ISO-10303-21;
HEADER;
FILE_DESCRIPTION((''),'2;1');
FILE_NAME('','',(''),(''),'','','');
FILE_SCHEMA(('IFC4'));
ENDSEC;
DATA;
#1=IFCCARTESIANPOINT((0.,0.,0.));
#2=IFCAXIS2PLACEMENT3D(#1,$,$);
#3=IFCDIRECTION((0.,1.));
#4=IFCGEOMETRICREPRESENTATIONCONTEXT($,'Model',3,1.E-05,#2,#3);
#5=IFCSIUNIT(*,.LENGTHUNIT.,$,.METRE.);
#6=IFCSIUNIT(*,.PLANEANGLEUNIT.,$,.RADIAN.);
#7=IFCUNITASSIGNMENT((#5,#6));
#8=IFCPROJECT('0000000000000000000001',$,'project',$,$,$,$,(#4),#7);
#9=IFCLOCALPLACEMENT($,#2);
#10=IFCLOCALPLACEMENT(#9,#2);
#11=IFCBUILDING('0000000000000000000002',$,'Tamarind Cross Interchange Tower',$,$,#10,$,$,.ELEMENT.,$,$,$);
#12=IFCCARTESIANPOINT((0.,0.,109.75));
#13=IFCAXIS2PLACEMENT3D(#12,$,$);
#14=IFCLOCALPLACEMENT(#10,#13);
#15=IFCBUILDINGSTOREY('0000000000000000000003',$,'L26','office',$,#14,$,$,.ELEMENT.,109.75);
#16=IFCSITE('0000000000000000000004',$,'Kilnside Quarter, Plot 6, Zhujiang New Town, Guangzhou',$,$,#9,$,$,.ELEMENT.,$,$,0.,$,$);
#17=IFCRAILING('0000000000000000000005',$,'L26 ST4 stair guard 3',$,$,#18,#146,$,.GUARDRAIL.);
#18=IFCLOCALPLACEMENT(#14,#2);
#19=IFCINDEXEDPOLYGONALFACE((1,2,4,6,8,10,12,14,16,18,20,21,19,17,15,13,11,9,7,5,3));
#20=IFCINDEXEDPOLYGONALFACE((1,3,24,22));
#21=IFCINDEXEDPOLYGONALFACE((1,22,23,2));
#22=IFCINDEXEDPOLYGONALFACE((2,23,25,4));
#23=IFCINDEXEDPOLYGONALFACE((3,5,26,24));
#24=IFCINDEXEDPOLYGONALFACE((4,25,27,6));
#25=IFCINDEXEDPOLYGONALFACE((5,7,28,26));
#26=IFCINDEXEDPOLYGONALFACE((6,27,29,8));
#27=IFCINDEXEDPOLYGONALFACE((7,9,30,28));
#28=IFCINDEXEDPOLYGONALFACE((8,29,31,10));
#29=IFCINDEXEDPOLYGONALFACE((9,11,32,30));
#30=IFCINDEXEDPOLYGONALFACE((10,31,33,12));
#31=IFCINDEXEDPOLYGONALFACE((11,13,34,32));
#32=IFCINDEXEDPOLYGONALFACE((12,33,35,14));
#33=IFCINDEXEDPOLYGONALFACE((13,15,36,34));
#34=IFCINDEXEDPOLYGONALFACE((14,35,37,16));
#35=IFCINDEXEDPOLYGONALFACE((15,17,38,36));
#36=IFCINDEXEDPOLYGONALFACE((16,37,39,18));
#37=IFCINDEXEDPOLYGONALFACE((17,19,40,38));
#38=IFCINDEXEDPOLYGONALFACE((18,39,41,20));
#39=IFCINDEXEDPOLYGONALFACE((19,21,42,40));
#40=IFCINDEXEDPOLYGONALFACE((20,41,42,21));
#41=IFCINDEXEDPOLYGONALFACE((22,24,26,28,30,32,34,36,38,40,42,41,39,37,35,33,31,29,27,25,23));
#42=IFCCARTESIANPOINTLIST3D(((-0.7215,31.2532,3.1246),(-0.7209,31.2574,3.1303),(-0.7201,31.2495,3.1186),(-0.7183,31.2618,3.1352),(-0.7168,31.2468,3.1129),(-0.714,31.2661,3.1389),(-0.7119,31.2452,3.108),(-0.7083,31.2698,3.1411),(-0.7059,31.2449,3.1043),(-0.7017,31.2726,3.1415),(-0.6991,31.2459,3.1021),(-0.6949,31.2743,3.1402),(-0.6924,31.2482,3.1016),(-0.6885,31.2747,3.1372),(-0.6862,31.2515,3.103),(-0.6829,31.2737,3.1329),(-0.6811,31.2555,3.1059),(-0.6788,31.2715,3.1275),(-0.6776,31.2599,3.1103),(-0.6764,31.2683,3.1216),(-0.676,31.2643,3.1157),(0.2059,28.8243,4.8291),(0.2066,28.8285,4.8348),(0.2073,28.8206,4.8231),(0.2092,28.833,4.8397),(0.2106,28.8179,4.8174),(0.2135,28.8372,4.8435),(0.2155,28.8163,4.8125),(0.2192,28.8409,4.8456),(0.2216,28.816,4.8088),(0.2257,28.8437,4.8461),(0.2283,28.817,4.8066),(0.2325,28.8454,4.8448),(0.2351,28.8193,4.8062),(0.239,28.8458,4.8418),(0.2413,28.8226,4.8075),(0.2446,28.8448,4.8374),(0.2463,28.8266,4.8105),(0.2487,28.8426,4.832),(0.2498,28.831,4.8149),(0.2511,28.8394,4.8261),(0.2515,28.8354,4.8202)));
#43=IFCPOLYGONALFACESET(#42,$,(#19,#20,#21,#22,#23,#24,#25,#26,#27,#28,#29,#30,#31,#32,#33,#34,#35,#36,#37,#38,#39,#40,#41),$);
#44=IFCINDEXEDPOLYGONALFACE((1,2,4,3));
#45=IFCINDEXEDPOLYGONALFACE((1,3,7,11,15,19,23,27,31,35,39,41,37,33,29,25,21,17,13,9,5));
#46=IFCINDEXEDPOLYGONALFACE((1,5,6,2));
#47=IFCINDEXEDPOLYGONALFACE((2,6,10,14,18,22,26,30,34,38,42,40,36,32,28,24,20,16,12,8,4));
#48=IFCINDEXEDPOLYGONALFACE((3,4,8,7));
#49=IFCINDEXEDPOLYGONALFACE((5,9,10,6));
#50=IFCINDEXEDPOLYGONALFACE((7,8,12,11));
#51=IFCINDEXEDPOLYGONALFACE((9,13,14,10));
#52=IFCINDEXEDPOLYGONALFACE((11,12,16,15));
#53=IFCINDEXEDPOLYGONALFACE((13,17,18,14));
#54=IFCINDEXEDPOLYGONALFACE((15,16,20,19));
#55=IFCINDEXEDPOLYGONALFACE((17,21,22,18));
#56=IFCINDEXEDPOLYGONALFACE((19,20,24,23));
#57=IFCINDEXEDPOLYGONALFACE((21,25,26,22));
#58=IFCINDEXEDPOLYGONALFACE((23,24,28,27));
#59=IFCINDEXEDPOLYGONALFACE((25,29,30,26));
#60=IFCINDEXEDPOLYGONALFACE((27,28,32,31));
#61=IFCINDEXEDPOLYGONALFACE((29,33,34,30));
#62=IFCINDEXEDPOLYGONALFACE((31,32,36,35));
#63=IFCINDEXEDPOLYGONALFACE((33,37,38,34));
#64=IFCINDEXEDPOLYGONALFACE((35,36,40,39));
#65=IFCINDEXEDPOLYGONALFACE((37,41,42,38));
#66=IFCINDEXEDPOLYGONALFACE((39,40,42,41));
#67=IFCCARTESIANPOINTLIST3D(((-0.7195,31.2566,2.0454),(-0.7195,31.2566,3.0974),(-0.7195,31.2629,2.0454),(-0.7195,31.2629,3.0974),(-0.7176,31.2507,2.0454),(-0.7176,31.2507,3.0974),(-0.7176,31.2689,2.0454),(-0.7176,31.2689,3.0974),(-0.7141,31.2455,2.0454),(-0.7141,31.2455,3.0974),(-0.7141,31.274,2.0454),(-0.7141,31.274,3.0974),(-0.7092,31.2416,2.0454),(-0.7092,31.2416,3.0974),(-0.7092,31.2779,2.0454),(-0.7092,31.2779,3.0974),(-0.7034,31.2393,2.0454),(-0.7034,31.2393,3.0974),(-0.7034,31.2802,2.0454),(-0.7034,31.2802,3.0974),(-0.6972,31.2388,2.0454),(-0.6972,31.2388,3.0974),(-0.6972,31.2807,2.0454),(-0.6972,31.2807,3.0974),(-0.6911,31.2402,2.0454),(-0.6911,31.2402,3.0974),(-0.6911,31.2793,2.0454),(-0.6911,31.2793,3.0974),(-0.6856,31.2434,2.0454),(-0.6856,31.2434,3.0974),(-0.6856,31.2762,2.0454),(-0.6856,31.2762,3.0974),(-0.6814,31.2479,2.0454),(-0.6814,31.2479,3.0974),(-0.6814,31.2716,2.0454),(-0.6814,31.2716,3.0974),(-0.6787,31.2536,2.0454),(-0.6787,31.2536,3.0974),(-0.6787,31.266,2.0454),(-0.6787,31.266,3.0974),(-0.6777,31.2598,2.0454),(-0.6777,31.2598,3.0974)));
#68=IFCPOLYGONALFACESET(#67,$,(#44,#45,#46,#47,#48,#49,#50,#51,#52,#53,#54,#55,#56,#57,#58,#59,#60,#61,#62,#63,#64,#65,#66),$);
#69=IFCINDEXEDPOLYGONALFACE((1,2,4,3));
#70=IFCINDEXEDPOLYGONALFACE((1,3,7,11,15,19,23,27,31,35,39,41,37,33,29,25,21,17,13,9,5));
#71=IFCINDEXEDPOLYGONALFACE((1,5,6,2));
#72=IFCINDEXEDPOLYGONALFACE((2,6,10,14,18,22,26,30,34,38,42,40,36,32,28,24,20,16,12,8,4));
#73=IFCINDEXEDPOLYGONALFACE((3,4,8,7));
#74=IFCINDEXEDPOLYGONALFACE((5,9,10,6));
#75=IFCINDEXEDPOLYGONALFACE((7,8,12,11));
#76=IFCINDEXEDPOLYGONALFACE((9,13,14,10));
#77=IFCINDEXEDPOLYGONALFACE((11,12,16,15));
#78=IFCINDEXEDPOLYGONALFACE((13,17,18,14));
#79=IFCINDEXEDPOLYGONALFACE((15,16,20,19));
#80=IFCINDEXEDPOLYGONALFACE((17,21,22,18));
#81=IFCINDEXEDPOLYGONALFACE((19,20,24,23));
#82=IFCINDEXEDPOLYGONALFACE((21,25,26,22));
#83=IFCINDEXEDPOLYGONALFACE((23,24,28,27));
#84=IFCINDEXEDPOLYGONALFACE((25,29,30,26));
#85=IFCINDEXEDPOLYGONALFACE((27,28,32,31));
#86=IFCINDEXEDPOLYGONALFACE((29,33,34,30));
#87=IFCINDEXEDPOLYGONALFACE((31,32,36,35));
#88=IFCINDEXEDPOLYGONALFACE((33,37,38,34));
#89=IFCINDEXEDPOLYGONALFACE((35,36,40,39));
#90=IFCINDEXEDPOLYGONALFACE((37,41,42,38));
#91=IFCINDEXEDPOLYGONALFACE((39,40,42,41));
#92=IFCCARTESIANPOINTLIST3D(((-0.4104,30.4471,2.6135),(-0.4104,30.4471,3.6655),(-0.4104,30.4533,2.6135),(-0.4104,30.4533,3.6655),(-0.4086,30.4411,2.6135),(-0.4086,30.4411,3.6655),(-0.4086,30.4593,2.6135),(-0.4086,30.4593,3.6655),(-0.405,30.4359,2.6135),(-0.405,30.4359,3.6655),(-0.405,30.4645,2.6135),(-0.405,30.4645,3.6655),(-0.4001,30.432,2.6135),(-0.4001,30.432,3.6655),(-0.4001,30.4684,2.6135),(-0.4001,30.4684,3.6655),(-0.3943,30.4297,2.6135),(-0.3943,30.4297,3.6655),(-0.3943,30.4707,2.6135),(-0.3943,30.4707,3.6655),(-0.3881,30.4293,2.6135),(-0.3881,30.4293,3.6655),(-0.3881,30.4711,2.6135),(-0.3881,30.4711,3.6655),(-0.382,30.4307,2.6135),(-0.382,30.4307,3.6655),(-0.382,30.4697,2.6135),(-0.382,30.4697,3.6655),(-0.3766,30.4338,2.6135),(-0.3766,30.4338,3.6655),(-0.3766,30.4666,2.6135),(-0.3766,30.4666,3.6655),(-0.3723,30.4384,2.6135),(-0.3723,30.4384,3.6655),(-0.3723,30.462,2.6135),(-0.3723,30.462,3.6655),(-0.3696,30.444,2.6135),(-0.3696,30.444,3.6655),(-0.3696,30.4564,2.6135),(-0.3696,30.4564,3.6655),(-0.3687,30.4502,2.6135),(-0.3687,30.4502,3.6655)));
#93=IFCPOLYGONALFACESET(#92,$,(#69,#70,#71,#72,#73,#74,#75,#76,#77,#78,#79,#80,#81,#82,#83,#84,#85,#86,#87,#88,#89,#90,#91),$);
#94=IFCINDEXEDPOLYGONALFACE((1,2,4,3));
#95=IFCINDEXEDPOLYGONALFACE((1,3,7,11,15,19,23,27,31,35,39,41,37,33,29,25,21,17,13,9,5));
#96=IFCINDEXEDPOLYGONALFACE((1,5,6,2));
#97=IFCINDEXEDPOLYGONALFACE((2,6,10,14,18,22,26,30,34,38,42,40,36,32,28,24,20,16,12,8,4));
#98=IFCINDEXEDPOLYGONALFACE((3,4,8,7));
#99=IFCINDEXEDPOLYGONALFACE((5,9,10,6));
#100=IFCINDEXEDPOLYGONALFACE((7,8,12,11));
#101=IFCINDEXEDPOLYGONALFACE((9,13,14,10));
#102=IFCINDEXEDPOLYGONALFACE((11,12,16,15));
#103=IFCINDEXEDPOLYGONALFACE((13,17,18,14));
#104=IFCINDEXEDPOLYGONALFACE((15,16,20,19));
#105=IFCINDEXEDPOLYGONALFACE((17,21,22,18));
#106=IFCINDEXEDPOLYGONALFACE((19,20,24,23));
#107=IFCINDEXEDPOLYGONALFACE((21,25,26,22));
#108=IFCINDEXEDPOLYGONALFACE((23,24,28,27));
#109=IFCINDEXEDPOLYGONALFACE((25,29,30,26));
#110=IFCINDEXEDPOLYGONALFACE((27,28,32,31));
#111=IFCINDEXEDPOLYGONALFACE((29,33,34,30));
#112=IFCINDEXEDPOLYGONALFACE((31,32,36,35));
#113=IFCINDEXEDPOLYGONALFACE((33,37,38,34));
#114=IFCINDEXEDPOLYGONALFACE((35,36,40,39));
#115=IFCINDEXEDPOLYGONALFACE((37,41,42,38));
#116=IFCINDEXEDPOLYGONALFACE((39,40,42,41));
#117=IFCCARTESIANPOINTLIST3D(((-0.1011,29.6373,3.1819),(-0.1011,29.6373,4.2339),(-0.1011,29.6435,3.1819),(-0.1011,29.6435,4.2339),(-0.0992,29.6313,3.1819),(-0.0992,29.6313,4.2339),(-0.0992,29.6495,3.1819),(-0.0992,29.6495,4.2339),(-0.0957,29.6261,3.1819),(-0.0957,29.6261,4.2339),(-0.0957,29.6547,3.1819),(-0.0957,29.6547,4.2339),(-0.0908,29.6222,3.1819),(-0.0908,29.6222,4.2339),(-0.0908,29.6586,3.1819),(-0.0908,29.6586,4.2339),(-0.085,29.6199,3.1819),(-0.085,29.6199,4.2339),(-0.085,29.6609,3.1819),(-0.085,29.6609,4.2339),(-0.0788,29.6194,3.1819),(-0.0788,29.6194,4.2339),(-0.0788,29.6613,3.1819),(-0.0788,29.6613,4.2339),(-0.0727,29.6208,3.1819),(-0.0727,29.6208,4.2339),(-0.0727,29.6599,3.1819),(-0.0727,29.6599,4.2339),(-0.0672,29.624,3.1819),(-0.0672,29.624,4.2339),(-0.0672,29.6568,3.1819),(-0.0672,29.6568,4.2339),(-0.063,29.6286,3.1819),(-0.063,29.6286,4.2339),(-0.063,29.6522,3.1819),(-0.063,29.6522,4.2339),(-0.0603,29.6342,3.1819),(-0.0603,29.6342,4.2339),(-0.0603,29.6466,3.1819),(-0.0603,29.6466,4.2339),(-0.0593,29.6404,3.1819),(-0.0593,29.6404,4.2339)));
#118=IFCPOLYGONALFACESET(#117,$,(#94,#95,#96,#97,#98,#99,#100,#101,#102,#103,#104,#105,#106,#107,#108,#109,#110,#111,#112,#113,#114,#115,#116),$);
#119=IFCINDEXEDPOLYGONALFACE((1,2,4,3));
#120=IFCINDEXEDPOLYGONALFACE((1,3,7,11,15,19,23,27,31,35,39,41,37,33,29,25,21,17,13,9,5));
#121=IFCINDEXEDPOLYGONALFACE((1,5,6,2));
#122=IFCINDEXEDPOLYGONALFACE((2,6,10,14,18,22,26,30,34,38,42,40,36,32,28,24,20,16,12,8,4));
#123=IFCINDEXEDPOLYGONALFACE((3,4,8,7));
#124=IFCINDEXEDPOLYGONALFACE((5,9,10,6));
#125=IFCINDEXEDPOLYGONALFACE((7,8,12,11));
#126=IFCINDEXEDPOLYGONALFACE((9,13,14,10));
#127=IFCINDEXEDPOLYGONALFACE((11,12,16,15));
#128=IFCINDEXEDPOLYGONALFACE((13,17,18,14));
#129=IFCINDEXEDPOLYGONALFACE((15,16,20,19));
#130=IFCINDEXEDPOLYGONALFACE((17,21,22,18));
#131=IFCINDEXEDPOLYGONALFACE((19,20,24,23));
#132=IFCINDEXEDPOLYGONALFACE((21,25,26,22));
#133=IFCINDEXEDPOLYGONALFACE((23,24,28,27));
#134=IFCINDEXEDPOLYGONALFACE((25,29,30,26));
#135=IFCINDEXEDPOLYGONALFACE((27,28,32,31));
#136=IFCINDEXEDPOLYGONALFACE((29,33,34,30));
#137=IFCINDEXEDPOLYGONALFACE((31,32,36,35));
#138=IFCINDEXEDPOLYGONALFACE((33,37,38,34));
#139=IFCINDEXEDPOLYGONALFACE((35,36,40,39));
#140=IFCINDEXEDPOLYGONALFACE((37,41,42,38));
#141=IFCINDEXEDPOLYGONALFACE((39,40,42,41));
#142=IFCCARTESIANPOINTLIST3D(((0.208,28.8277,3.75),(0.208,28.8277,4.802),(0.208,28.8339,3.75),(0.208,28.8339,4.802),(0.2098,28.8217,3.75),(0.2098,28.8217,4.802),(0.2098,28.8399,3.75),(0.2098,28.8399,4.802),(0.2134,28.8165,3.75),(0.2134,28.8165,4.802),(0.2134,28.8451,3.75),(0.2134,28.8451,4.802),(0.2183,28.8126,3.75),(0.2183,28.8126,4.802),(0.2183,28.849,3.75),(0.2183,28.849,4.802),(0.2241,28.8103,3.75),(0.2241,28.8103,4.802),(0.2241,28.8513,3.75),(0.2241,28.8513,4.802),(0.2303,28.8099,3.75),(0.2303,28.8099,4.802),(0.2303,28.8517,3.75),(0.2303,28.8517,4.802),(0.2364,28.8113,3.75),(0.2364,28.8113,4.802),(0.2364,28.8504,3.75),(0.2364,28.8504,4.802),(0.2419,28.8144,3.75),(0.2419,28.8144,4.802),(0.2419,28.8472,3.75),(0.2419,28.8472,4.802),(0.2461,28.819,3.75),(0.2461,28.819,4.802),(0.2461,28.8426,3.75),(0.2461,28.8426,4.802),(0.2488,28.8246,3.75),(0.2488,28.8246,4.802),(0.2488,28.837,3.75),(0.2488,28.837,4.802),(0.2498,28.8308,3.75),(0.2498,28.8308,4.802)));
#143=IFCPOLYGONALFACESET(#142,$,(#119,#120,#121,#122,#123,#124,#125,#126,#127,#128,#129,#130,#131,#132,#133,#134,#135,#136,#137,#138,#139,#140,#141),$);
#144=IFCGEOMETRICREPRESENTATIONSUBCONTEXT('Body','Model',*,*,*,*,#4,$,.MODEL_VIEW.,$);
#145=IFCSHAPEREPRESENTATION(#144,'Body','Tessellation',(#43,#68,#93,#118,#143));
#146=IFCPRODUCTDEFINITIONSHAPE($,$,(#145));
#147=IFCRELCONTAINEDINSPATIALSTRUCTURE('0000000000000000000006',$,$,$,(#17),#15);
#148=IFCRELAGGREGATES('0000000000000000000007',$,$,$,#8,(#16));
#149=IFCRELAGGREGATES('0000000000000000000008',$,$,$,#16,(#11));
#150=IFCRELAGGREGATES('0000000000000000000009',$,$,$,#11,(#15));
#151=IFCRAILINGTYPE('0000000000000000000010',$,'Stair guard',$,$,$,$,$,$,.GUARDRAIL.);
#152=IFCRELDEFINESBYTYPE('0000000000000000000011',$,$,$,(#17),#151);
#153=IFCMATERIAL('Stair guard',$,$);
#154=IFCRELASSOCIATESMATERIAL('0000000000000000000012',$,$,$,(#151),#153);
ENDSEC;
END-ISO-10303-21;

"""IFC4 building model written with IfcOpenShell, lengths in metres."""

from ifc_helpers import new_model, si_unit, direction, frame, origin, origin_2d, place, context, subcontext, project, spatial, circle, extrude, material, type_object, element, save


model = new_model("IFC4")

# Units and contexts
model_context = context("Model", 3, precision=1e-05, world=origin(), true_north=direction((0.0, 1.0)))
body_context = subcontext(model_context, "Body", "Model", "MODEL_VIEW")
ifc_project = project(units=[si_unit("LENGTHUNIT", "METRE"), si_unit("PLANEANGLEUNIT", "RADIAN")], contexts=[model_context])

# Site, building, storey
site_placement = place(None, origin())
site = spatial("IfcSite", under=ifc_project, at=site_placement, Name="Kilnside Quarter, Plot 6, Zhujiang New Town, Guangzhou", CompositionType="ELEMENT", RefElevation=0.0)
building_placement = place(site_placement, origin())
building = spatial("IfcBuilding", under=site, at=building_placement, Name="Tamarind Cross Interchange Tower", CompositionType="ELEMENT")
storey_placement = place(building_placement, frame((0.0, 0.0, 109.75)))
storey = spatial("IfcBuildingStorey", under=building, at=storey_placement, Name="L26", Description="office", CompositionType="ELEMENT", Elevation=109.75)

# Railing
ifc_material_1 = material(Name="Stair guard")
railing_type_1 = type_object("IfcRailingType", Name="Stair guard", PredefinedType="GUARDRAIL", material=ifc_material_1)
railing_1_placement = place(storey_placement, frame((-0.6987, 31.2598, 2.0454)))
element("IfcRailing", 1, at=railing_1_placement, inside=storey, type_object=railing_type_1, Name="L26 ST4 stair guard 3", PredefinedType="GUARDRAIL", context=body_context, shape_type="SweptSolid", body=[
    extrude(circle(Radius=0.0239, at=origin_2d()), frame((0.0, 0.0, 1.0762), z_axis=(0.298327, -0.781274, 0.548281), x_axis=(0.934209, 0.356725, 0.0)), (0.0, 0.0, 1.0), 3.1089),
    extrude(circle(Radius=0.021, at=origin_2d()), origin(), (0.0, 0.0, 1.0), 1.052),
    extrude(circle(Radius=0.021, at=origin_2d()), frame((0.3091, -0.8096, 0.5681)), (0.0, 0.0, 1.0), 1.052),
    extrude(circle(Radius=0.021, at=origin_2d()), frame((0.6184, -1.6194, 1.1365)), (0.0, 0.0, 1.0), 1.052),
    extrude(circle(Radius=0.021, at=origin_2d()), frame((0.9275, -2.429, 1.7046)), (0.0, 0.0, 1.0), 1.052),
])

save(model, "model.ifc")
